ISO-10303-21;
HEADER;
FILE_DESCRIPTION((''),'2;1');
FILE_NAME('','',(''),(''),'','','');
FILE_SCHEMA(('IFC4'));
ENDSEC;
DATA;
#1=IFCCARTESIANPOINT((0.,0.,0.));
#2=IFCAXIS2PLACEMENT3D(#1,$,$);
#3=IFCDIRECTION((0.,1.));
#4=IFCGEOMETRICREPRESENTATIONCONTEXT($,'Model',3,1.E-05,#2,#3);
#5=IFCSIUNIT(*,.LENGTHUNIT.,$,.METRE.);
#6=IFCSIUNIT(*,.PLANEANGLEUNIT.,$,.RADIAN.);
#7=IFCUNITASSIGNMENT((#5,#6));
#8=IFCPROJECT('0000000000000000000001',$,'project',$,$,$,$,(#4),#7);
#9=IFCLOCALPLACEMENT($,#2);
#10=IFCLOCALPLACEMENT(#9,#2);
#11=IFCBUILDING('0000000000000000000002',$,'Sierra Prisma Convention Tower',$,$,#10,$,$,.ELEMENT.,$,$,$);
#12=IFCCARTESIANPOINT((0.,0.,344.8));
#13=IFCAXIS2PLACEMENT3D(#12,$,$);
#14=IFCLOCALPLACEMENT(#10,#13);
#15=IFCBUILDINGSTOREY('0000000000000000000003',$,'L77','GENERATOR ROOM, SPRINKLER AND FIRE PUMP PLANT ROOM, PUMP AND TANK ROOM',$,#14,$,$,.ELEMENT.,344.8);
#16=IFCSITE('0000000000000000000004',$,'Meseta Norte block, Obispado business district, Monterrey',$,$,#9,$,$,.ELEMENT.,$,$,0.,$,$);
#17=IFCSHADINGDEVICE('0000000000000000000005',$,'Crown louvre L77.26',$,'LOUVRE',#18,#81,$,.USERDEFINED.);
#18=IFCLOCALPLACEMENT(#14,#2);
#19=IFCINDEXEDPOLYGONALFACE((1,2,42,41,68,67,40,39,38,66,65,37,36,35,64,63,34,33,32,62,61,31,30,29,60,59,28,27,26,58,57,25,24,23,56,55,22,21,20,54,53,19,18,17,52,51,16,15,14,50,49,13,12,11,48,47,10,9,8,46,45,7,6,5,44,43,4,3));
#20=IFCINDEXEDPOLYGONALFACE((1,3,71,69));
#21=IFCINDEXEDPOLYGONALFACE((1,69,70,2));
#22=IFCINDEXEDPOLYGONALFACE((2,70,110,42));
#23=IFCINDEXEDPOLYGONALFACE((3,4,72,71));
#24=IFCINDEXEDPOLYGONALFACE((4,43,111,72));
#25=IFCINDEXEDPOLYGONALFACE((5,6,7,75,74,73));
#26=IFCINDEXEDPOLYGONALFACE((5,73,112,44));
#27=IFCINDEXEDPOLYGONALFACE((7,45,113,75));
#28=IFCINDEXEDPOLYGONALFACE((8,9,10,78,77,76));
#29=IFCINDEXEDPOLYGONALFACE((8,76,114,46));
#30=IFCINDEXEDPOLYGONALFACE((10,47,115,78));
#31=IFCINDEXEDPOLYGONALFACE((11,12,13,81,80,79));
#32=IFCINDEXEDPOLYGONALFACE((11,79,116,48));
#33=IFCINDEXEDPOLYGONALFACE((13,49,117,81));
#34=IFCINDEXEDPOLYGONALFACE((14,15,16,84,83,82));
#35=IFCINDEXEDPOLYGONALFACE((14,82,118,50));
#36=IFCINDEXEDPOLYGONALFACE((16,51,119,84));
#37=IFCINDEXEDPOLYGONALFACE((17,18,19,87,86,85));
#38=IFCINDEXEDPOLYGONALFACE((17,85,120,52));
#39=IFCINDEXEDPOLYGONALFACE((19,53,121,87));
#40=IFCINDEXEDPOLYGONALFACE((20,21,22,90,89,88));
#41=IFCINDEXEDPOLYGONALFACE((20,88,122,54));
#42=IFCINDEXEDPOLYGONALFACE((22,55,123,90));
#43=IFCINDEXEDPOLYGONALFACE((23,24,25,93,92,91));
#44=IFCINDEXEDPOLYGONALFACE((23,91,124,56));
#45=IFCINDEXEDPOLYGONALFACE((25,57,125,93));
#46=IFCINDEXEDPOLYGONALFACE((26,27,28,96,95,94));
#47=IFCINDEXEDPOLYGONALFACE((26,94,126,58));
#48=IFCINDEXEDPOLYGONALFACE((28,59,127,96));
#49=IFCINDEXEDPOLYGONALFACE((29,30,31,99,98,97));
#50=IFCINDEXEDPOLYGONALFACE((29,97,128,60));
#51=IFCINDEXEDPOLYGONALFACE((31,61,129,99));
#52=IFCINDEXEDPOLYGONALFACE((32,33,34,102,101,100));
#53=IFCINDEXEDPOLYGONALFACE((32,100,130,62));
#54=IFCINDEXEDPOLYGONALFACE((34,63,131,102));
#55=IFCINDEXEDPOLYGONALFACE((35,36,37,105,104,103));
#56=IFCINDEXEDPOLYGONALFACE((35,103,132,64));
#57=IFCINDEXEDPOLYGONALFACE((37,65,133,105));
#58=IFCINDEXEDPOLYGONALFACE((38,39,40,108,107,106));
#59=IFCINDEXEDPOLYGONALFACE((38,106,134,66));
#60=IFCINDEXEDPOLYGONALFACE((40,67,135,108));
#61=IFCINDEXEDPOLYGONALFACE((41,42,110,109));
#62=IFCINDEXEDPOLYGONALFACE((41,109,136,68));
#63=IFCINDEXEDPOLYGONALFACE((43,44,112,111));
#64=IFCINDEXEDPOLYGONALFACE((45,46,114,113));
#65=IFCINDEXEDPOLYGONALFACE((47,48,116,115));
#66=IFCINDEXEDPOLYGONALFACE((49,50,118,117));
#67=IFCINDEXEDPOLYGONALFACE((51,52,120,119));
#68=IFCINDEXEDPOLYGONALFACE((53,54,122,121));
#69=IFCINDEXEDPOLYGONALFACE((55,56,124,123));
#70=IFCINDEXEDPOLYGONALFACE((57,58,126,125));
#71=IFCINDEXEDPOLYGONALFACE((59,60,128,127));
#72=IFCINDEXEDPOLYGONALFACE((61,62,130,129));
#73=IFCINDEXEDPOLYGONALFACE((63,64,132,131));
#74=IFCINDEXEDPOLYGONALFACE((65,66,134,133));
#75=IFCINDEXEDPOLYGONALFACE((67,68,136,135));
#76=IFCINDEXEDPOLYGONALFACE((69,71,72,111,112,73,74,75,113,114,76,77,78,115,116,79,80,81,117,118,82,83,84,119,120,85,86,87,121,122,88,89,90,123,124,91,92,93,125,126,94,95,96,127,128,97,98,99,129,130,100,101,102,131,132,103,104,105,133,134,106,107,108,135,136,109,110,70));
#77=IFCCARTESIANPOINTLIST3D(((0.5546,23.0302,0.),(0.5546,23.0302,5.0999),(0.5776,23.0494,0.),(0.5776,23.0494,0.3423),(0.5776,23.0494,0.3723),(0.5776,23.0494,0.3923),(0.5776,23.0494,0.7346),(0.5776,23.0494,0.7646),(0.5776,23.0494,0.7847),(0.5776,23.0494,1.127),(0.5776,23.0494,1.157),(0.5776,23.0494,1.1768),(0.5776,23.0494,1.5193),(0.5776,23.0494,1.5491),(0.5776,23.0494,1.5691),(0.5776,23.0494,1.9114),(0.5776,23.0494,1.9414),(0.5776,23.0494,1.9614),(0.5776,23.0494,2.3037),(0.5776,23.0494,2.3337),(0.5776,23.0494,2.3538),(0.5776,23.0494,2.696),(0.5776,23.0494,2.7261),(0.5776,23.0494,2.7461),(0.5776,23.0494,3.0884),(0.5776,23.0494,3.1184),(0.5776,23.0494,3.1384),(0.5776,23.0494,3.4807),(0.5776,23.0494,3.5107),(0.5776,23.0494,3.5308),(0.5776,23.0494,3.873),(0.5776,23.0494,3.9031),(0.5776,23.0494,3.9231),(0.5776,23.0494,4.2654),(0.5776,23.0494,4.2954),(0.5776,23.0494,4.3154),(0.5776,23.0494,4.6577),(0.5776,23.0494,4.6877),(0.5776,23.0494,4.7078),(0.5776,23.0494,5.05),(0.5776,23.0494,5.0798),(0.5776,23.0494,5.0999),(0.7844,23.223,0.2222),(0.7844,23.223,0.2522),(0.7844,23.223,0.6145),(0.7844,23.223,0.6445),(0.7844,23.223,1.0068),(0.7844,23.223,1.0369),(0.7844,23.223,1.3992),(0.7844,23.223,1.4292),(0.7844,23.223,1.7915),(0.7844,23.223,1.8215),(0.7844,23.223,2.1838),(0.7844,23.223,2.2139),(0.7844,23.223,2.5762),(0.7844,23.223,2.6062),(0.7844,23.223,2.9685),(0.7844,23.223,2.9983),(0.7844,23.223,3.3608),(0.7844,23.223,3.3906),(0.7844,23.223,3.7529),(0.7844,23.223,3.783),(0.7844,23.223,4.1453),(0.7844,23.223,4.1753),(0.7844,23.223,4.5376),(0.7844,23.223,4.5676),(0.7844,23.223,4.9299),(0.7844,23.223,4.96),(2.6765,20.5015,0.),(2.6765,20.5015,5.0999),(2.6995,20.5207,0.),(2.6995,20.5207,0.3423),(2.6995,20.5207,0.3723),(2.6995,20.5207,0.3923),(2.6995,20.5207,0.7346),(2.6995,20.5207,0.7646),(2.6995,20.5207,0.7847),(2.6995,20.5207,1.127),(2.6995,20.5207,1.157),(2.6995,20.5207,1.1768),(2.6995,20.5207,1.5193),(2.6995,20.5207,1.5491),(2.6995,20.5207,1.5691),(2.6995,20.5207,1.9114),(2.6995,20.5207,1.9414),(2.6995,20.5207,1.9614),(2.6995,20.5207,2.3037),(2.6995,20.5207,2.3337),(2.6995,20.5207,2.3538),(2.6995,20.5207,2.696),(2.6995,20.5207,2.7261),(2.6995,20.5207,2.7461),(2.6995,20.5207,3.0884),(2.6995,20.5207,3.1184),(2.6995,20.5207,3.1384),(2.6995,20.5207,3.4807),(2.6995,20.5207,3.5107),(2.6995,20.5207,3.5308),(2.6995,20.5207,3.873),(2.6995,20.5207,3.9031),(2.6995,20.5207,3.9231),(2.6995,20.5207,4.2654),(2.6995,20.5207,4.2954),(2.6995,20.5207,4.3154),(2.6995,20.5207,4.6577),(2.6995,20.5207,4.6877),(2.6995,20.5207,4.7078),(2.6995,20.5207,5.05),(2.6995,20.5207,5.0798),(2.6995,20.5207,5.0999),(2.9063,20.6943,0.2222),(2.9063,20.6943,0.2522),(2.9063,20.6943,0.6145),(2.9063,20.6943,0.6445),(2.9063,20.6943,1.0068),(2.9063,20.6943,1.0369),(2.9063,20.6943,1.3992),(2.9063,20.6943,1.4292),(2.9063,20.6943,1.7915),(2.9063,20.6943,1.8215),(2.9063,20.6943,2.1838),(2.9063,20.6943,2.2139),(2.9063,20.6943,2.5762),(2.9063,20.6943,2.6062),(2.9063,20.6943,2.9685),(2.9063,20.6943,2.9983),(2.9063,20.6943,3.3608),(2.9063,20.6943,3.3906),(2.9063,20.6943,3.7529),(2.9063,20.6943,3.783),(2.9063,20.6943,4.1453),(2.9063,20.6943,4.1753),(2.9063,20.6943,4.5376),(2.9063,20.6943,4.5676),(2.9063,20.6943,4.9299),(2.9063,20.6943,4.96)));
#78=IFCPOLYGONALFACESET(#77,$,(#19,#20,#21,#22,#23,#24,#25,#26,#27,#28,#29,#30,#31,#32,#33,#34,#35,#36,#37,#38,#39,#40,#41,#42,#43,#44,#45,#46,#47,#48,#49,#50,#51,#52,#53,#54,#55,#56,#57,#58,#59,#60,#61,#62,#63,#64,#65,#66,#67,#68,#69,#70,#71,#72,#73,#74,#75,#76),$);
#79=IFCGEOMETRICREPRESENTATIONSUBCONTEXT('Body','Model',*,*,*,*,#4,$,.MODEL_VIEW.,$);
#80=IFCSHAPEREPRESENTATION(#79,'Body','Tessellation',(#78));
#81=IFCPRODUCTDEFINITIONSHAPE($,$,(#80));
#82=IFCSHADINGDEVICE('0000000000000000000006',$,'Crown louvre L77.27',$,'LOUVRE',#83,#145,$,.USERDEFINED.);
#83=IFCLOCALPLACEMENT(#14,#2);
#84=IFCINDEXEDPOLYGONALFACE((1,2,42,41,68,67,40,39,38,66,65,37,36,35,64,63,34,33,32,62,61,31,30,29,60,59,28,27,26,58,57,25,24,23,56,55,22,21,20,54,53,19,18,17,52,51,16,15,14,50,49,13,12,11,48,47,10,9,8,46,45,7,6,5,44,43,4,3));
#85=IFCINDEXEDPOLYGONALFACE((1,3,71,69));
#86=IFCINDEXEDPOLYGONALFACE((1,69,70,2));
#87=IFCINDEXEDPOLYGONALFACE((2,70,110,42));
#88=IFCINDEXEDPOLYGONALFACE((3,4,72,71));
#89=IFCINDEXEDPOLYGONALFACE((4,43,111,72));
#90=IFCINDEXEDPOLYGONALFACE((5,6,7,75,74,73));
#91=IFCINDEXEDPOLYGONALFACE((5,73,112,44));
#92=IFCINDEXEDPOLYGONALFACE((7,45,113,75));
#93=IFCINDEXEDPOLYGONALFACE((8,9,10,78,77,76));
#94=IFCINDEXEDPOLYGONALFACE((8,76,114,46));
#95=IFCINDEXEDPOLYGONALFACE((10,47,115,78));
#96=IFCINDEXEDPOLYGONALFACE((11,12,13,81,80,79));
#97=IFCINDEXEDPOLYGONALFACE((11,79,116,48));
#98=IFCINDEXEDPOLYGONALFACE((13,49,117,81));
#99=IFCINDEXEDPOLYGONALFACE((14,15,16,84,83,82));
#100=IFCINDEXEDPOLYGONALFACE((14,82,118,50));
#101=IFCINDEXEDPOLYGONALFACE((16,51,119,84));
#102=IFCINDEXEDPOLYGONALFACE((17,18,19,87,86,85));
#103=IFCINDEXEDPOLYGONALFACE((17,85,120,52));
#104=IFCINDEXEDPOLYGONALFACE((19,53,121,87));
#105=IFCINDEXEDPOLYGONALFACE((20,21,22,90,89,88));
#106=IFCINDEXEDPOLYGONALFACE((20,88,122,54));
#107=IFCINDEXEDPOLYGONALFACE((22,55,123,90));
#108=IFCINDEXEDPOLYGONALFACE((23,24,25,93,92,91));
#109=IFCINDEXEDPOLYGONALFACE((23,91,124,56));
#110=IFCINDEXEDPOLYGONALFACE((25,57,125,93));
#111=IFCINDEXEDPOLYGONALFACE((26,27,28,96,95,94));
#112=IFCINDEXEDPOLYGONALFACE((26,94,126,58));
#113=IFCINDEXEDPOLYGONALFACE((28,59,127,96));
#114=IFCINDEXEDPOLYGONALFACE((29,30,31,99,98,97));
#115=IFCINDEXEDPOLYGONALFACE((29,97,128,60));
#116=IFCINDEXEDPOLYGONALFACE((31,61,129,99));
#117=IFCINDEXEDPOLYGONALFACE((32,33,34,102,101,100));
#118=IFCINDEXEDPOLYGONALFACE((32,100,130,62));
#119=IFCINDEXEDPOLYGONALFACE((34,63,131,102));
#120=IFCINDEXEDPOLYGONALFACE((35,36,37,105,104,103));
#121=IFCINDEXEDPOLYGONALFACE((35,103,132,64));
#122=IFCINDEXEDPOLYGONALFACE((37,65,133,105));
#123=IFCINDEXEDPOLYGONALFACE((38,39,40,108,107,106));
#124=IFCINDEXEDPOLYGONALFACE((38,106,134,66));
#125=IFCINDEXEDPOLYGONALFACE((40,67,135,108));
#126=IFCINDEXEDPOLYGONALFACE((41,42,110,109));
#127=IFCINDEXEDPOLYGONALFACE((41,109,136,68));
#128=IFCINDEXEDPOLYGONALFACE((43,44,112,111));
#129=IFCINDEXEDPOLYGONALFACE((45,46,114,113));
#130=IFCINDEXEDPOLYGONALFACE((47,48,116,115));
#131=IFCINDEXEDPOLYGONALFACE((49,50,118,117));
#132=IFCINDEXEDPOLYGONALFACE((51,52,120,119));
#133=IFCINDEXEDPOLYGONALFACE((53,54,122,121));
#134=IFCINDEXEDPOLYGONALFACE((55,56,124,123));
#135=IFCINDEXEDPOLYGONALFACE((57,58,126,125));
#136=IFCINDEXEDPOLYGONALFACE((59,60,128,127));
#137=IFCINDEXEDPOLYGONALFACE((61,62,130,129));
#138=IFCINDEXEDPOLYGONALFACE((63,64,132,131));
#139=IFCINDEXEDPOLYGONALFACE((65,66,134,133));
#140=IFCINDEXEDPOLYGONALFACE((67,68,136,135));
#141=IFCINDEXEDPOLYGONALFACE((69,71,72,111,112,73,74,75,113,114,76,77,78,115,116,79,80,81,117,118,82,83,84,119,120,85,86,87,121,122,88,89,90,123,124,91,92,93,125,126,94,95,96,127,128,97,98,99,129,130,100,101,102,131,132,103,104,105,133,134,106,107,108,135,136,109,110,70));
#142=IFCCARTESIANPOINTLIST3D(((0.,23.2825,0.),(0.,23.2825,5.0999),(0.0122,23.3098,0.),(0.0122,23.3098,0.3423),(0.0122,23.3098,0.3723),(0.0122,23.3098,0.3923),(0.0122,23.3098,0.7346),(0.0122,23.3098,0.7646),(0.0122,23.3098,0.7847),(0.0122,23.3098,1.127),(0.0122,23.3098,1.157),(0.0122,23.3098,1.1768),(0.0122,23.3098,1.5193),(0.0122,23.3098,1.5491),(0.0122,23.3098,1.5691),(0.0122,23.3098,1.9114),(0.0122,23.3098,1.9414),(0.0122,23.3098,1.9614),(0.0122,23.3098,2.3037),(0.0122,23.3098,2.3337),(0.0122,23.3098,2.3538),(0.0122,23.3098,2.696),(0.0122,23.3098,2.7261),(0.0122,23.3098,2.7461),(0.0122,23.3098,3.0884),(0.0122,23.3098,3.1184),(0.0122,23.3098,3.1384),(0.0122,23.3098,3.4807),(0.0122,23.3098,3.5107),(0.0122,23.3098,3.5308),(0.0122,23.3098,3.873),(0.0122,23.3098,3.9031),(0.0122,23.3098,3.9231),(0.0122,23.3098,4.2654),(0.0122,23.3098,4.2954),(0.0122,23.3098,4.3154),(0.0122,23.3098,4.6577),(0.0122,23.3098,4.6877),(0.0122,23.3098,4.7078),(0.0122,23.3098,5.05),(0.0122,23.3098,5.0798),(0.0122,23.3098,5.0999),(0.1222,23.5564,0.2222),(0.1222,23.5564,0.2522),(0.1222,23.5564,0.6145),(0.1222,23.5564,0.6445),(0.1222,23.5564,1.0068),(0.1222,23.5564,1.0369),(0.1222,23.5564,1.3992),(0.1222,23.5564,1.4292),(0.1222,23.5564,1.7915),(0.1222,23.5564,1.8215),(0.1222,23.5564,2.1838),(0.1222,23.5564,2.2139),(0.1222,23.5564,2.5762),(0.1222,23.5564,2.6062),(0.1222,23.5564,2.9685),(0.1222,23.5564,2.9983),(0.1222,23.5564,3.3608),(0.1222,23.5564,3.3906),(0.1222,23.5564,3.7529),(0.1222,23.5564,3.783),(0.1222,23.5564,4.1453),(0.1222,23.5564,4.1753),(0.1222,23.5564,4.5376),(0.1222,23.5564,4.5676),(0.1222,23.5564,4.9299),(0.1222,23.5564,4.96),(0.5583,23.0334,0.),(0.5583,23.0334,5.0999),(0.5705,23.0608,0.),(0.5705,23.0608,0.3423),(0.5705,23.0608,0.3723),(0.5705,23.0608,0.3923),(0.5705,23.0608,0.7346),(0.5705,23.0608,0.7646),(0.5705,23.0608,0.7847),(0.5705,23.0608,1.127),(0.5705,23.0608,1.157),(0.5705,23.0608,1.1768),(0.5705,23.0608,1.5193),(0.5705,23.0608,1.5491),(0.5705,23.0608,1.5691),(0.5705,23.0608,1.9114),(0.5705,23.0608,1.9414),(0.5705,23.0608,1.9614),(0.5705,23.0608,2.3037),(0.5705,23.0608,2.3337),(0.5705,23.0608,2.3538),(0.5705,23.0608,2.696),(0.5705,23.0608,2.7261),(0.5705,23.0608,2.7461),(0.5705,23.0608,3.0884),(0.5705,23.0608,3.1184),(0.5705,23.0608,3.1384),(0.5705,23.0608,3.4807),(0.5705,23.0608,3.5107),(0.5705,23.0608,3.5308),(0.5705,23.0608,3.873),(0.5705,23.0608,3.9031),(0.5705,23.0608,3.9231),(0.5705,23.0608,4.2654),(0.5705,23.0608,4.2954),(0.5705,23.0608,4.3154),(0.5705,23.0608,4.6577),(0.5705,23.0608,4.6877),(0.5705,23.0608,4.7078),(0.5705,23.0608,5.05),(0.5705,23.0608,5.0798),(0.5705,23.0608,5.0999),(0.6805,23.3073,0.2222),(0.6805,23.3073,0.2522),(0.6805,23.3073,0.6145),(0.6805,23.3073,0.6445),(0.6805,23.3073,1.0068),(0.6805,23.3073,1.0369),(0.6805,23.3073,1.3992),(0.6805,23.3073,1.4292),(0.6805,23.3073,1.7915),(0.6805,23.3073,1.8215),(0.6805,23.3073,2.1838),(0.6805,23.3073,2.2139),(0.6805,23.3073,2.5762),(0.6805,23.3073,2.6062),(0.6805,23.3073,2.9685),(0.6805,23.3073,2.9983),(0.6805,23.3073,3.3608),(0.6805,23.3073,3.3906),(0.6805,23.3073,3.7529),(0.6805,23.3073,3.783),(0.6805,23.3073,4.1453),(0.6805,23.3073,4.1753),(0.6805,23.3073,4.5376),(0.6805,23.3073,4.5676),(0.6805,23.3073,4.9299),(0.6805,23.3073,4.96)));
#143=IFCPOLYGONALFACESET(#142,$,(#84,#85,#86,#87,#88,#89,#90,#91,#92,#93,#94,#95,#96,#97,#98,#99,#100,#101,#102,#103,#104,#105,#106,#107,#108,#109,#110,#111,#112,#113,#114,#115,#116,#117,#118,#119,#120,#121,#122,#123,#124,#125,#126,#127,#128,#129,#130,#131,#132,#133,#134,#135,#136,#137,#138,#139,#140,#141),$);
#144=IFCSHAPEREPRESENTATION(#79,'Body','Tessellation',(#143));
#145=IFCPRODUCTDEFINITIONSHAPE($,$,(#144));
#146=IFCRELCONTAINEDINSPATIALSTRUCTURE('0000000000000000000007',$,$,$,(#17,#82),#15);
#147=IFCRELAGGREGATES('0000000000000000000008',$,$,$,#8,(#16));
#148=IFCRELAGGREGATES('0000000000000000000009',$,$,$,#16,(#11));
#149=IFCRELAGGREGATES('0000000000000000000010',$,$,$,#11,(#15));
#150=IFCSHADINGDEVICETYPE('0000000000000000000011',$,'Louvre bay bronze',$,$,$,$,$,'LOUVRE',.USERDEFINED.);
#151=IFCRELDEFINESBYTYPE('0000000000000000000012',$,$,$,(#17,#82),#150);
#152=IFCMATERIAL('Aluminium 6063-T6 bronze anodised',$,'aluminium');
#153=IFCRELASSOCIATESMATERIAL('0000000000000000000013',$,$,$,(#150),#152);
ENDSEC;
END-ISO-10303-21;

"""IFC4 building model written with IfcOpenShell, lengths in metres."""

from ifc_helpers import new_model, si_unit, direction, frame, origin, place, context, subcontext, project, spatial, polyline, outline, extrude, material, type_object, element, save


model = new_model("IFC4")

# Units and contexts
model_context = context("Model", 3, precision=1e-05, world=origin(), true_north=direction((0.0, 1.0)))
body_context = subcontext(model_context, "Body", "Model", "MODEL_VIEW")
ifc_project = project(units=[si_unit("LENGTHUNIT", "METRE"), si_unit("PLANEANGLEUNIT", "RADIAN")], contexts=[model_context])

# Site, building, storey
site_placement = place(None, origin())
site = spatial("IfcSite", under=ifc_project, at=site_placement, Name="Meseta Norte block, Obispado business district, Monterrey", CompositionType="ELEMENT", RefElevation=0.0)
building_placement = place(site_placement, origin())
building = spatial("IfcBuilding", under=site, at=building_placement, Name="Sierra Prisma Convention Tower", CompositionType="ELEMENT")
storey_placement = place(building_placement, frame((0.0, 0.0, 344.8)))
storey = spatial("IfcBuildingStorey", under=building, at=storey_placement, Name="L77", Description="GENERATOR ROOM, SPRINKLER AND FIRE PUMP PLANT ROOM, PUMP AND TANK ROOM", CompositionType="ELEMENT", Elevation=344.8)

# Shading devices
ifc_material_1 = material(Name="Aluminium 6063-T6 bronze anodised", Category="aluminium")
shading_device_type = type_object("IfcShadingDeviceType", Name="Louvre bay bronze", ElementType="LOUVRE", PredefinedType="USERDEFINED", material=ifc_material_1)
shading_device_1_placement = place(storey_placement, frame((2.6765, 20.5015, 0.0), z_axis=(0.642804, -0.766031, 0.0), x_axis=(0.0, 0.0, 1.0)))
element("IfcShadingDevice", 1, at=shading_device_1_placement, inside=storey, type_object=shading_device_type, Name="Crown louvre L77.26", ObjectType="LOUVRE", PredefinedType="USERDEFINED", context=body_context, shape_type="SweptSolid", body=[
    extrude(outline(polyline([(0.0, 0.0), (5.0999, 0.0), (5.0999, -0.03), (5.0798, -0.03), (4.96, -0.3), (4.9299, -0.3), (5.05, -0.03), (4.7078, -0.03), (4.6877, -0.03), (4.5676, -0.3), (4.5376, -0.3), (4.6577, -0.03), (4.3154, -0.03), (4.2954, -0.03), (4.1753, -0.3), (4.1453, -0.3), (4.2654, -0.03), (3.9231, -0.03), (3.9031, -0.03), (3.783, -0.3), (3.7529, -0.3), (3.873, -0.03), (3.5308, -0.03), (3.5107, -0.03), (3.3906, -0.3), (3.3608, -0.3), (3.4807, -0.03), (3.1384, -0.03), (3.1184, -0.03), (2.9983, -0.3), (2.9685, -0.3), (3.0884, -0.03), (2.7461, -0.03), (2.7261, -0.03), (2.6062, -0.3), (2.5762, -0.3), (2.696, -0.03), (2.3538, -0.03), (2.3337, -0.03), (2.2139, -0.3), (2.1838, -0.3), (2.3037, -0.03), (1.9614, -0.03), (1.9414, -0.03), (1.8215, -0.3), (1.7915, -0.3), (1.9114, -0.03), (1.5691, -0.03), (1.5491, -0.03), (1.4292, -0.3), (1.3992, -0.3), (1.5193, -0.03), (1.1768, -0.03), (1.157, -0.03), (1.0369, -0.3), (1.0068, -0.3), (1.127, -0.03), (0.7847, -0.03), (0.7646, -0.03), (0.6445, -0.3), (0.6145, -0.3), (0.7346, -0.03), (0.3923, -0.03), (0.3723, -0.03), (0.2522, -0.3), (0.2222, -0.3), (0.3423, -0.03), (0.0, -0.03), (0.0, 0.0)])), origin(), (0.0, 0.0, -1.0), 3.301),
])
shading_device_2_placement = place(storey_placement, frame((0.5583, 23.0334, 0.0), z_axis=(0.91326, -0.407376, 0.0), x_axis=(0.0, 0.0, 1.0)))
element("IfcShadingDevice", 2, at=shading_device_2_placement, inside=storey, type_object=shading_device_type, Name="Crown louvre L77.27", ObjectType="LOUVRE", PredefinedType="USERDEFINED", context=body_context, shape_type="SweptSolid", body=[
    extrude(outline(polyline([(0.0, 0.0), (5.0999, 0.0), (5.0999, -0.0299), (5.0798, -0.0299), (4.96, -0.2999), (4.9299, -0.2999), (5.05, -0.0299), (4.7078, -0.0299), (4.6877, -0.0299), (4.5676, -0.2999), (4.5376, -0.2999), (4.6577, -0.0299), (4.3154, -0.0299), (4.2954, -0.0299), (4.1753, -0.2999), (4.1453, -0.2999), (4.2654, -0.0299), (3.9231, -0.0299), (3.9031, -0.0299), (3.783, -0.2999), (3.7529, -0.2999), (3.873, -0.0299), (3.5308, -0.0299), (3.5107, -0.0299), (3.3906, -0.2999), (3.3608, -0.2999), (3.4807, -0.0299), (3.1384, -0.0299), (3.1184, -0.0299), (2.9983, -0.2999), (2.9685, -0.2999), (3.0884, -0.0299), (2.7461, -0.0299), (2.7261, -0.0299), (2.6062, -0.2999), (2.5762, -0.2999), (2.696, -0.0299), (2.3538, -0.0299), (2.3337, -0.0299), (2.2139, -0.2999), (2.1838, -0.2999), (2.3037, -0.0299), (1.9614, -0.0299), (1.9414, -0.0299), (1.8215, -0.2999), (1.7915, -0.2999), (1.9114, -0.0299), (1.5691, -0.0299), (1.5491, -0.0299), (1.4292, -0.2999), (1.3992, -0.2999), (1.5193, -0.0299), (1.1768, -0.0299), (1.157, -0.0299), (1.0369, -0.2999), (1.0068, -0.2999), (1.127, -0.0299), (0.7847, -0.0299), (0.7646, -0.0299), (0.6445, -0.2999), (0.6145, -0.2999), (0.7346, -0.0299), (0.3923, -0.0299), (0.3723, -0.0299), (0.2522, -0.2999), (0.2222, -0.2999), (0.3423, -0.0299), (0.0, -0.0299), (0.0, 0.0)])), origin(), (0.0, 0.0, -1.0), 0.6113),
])

save(model, "model.ifc")
